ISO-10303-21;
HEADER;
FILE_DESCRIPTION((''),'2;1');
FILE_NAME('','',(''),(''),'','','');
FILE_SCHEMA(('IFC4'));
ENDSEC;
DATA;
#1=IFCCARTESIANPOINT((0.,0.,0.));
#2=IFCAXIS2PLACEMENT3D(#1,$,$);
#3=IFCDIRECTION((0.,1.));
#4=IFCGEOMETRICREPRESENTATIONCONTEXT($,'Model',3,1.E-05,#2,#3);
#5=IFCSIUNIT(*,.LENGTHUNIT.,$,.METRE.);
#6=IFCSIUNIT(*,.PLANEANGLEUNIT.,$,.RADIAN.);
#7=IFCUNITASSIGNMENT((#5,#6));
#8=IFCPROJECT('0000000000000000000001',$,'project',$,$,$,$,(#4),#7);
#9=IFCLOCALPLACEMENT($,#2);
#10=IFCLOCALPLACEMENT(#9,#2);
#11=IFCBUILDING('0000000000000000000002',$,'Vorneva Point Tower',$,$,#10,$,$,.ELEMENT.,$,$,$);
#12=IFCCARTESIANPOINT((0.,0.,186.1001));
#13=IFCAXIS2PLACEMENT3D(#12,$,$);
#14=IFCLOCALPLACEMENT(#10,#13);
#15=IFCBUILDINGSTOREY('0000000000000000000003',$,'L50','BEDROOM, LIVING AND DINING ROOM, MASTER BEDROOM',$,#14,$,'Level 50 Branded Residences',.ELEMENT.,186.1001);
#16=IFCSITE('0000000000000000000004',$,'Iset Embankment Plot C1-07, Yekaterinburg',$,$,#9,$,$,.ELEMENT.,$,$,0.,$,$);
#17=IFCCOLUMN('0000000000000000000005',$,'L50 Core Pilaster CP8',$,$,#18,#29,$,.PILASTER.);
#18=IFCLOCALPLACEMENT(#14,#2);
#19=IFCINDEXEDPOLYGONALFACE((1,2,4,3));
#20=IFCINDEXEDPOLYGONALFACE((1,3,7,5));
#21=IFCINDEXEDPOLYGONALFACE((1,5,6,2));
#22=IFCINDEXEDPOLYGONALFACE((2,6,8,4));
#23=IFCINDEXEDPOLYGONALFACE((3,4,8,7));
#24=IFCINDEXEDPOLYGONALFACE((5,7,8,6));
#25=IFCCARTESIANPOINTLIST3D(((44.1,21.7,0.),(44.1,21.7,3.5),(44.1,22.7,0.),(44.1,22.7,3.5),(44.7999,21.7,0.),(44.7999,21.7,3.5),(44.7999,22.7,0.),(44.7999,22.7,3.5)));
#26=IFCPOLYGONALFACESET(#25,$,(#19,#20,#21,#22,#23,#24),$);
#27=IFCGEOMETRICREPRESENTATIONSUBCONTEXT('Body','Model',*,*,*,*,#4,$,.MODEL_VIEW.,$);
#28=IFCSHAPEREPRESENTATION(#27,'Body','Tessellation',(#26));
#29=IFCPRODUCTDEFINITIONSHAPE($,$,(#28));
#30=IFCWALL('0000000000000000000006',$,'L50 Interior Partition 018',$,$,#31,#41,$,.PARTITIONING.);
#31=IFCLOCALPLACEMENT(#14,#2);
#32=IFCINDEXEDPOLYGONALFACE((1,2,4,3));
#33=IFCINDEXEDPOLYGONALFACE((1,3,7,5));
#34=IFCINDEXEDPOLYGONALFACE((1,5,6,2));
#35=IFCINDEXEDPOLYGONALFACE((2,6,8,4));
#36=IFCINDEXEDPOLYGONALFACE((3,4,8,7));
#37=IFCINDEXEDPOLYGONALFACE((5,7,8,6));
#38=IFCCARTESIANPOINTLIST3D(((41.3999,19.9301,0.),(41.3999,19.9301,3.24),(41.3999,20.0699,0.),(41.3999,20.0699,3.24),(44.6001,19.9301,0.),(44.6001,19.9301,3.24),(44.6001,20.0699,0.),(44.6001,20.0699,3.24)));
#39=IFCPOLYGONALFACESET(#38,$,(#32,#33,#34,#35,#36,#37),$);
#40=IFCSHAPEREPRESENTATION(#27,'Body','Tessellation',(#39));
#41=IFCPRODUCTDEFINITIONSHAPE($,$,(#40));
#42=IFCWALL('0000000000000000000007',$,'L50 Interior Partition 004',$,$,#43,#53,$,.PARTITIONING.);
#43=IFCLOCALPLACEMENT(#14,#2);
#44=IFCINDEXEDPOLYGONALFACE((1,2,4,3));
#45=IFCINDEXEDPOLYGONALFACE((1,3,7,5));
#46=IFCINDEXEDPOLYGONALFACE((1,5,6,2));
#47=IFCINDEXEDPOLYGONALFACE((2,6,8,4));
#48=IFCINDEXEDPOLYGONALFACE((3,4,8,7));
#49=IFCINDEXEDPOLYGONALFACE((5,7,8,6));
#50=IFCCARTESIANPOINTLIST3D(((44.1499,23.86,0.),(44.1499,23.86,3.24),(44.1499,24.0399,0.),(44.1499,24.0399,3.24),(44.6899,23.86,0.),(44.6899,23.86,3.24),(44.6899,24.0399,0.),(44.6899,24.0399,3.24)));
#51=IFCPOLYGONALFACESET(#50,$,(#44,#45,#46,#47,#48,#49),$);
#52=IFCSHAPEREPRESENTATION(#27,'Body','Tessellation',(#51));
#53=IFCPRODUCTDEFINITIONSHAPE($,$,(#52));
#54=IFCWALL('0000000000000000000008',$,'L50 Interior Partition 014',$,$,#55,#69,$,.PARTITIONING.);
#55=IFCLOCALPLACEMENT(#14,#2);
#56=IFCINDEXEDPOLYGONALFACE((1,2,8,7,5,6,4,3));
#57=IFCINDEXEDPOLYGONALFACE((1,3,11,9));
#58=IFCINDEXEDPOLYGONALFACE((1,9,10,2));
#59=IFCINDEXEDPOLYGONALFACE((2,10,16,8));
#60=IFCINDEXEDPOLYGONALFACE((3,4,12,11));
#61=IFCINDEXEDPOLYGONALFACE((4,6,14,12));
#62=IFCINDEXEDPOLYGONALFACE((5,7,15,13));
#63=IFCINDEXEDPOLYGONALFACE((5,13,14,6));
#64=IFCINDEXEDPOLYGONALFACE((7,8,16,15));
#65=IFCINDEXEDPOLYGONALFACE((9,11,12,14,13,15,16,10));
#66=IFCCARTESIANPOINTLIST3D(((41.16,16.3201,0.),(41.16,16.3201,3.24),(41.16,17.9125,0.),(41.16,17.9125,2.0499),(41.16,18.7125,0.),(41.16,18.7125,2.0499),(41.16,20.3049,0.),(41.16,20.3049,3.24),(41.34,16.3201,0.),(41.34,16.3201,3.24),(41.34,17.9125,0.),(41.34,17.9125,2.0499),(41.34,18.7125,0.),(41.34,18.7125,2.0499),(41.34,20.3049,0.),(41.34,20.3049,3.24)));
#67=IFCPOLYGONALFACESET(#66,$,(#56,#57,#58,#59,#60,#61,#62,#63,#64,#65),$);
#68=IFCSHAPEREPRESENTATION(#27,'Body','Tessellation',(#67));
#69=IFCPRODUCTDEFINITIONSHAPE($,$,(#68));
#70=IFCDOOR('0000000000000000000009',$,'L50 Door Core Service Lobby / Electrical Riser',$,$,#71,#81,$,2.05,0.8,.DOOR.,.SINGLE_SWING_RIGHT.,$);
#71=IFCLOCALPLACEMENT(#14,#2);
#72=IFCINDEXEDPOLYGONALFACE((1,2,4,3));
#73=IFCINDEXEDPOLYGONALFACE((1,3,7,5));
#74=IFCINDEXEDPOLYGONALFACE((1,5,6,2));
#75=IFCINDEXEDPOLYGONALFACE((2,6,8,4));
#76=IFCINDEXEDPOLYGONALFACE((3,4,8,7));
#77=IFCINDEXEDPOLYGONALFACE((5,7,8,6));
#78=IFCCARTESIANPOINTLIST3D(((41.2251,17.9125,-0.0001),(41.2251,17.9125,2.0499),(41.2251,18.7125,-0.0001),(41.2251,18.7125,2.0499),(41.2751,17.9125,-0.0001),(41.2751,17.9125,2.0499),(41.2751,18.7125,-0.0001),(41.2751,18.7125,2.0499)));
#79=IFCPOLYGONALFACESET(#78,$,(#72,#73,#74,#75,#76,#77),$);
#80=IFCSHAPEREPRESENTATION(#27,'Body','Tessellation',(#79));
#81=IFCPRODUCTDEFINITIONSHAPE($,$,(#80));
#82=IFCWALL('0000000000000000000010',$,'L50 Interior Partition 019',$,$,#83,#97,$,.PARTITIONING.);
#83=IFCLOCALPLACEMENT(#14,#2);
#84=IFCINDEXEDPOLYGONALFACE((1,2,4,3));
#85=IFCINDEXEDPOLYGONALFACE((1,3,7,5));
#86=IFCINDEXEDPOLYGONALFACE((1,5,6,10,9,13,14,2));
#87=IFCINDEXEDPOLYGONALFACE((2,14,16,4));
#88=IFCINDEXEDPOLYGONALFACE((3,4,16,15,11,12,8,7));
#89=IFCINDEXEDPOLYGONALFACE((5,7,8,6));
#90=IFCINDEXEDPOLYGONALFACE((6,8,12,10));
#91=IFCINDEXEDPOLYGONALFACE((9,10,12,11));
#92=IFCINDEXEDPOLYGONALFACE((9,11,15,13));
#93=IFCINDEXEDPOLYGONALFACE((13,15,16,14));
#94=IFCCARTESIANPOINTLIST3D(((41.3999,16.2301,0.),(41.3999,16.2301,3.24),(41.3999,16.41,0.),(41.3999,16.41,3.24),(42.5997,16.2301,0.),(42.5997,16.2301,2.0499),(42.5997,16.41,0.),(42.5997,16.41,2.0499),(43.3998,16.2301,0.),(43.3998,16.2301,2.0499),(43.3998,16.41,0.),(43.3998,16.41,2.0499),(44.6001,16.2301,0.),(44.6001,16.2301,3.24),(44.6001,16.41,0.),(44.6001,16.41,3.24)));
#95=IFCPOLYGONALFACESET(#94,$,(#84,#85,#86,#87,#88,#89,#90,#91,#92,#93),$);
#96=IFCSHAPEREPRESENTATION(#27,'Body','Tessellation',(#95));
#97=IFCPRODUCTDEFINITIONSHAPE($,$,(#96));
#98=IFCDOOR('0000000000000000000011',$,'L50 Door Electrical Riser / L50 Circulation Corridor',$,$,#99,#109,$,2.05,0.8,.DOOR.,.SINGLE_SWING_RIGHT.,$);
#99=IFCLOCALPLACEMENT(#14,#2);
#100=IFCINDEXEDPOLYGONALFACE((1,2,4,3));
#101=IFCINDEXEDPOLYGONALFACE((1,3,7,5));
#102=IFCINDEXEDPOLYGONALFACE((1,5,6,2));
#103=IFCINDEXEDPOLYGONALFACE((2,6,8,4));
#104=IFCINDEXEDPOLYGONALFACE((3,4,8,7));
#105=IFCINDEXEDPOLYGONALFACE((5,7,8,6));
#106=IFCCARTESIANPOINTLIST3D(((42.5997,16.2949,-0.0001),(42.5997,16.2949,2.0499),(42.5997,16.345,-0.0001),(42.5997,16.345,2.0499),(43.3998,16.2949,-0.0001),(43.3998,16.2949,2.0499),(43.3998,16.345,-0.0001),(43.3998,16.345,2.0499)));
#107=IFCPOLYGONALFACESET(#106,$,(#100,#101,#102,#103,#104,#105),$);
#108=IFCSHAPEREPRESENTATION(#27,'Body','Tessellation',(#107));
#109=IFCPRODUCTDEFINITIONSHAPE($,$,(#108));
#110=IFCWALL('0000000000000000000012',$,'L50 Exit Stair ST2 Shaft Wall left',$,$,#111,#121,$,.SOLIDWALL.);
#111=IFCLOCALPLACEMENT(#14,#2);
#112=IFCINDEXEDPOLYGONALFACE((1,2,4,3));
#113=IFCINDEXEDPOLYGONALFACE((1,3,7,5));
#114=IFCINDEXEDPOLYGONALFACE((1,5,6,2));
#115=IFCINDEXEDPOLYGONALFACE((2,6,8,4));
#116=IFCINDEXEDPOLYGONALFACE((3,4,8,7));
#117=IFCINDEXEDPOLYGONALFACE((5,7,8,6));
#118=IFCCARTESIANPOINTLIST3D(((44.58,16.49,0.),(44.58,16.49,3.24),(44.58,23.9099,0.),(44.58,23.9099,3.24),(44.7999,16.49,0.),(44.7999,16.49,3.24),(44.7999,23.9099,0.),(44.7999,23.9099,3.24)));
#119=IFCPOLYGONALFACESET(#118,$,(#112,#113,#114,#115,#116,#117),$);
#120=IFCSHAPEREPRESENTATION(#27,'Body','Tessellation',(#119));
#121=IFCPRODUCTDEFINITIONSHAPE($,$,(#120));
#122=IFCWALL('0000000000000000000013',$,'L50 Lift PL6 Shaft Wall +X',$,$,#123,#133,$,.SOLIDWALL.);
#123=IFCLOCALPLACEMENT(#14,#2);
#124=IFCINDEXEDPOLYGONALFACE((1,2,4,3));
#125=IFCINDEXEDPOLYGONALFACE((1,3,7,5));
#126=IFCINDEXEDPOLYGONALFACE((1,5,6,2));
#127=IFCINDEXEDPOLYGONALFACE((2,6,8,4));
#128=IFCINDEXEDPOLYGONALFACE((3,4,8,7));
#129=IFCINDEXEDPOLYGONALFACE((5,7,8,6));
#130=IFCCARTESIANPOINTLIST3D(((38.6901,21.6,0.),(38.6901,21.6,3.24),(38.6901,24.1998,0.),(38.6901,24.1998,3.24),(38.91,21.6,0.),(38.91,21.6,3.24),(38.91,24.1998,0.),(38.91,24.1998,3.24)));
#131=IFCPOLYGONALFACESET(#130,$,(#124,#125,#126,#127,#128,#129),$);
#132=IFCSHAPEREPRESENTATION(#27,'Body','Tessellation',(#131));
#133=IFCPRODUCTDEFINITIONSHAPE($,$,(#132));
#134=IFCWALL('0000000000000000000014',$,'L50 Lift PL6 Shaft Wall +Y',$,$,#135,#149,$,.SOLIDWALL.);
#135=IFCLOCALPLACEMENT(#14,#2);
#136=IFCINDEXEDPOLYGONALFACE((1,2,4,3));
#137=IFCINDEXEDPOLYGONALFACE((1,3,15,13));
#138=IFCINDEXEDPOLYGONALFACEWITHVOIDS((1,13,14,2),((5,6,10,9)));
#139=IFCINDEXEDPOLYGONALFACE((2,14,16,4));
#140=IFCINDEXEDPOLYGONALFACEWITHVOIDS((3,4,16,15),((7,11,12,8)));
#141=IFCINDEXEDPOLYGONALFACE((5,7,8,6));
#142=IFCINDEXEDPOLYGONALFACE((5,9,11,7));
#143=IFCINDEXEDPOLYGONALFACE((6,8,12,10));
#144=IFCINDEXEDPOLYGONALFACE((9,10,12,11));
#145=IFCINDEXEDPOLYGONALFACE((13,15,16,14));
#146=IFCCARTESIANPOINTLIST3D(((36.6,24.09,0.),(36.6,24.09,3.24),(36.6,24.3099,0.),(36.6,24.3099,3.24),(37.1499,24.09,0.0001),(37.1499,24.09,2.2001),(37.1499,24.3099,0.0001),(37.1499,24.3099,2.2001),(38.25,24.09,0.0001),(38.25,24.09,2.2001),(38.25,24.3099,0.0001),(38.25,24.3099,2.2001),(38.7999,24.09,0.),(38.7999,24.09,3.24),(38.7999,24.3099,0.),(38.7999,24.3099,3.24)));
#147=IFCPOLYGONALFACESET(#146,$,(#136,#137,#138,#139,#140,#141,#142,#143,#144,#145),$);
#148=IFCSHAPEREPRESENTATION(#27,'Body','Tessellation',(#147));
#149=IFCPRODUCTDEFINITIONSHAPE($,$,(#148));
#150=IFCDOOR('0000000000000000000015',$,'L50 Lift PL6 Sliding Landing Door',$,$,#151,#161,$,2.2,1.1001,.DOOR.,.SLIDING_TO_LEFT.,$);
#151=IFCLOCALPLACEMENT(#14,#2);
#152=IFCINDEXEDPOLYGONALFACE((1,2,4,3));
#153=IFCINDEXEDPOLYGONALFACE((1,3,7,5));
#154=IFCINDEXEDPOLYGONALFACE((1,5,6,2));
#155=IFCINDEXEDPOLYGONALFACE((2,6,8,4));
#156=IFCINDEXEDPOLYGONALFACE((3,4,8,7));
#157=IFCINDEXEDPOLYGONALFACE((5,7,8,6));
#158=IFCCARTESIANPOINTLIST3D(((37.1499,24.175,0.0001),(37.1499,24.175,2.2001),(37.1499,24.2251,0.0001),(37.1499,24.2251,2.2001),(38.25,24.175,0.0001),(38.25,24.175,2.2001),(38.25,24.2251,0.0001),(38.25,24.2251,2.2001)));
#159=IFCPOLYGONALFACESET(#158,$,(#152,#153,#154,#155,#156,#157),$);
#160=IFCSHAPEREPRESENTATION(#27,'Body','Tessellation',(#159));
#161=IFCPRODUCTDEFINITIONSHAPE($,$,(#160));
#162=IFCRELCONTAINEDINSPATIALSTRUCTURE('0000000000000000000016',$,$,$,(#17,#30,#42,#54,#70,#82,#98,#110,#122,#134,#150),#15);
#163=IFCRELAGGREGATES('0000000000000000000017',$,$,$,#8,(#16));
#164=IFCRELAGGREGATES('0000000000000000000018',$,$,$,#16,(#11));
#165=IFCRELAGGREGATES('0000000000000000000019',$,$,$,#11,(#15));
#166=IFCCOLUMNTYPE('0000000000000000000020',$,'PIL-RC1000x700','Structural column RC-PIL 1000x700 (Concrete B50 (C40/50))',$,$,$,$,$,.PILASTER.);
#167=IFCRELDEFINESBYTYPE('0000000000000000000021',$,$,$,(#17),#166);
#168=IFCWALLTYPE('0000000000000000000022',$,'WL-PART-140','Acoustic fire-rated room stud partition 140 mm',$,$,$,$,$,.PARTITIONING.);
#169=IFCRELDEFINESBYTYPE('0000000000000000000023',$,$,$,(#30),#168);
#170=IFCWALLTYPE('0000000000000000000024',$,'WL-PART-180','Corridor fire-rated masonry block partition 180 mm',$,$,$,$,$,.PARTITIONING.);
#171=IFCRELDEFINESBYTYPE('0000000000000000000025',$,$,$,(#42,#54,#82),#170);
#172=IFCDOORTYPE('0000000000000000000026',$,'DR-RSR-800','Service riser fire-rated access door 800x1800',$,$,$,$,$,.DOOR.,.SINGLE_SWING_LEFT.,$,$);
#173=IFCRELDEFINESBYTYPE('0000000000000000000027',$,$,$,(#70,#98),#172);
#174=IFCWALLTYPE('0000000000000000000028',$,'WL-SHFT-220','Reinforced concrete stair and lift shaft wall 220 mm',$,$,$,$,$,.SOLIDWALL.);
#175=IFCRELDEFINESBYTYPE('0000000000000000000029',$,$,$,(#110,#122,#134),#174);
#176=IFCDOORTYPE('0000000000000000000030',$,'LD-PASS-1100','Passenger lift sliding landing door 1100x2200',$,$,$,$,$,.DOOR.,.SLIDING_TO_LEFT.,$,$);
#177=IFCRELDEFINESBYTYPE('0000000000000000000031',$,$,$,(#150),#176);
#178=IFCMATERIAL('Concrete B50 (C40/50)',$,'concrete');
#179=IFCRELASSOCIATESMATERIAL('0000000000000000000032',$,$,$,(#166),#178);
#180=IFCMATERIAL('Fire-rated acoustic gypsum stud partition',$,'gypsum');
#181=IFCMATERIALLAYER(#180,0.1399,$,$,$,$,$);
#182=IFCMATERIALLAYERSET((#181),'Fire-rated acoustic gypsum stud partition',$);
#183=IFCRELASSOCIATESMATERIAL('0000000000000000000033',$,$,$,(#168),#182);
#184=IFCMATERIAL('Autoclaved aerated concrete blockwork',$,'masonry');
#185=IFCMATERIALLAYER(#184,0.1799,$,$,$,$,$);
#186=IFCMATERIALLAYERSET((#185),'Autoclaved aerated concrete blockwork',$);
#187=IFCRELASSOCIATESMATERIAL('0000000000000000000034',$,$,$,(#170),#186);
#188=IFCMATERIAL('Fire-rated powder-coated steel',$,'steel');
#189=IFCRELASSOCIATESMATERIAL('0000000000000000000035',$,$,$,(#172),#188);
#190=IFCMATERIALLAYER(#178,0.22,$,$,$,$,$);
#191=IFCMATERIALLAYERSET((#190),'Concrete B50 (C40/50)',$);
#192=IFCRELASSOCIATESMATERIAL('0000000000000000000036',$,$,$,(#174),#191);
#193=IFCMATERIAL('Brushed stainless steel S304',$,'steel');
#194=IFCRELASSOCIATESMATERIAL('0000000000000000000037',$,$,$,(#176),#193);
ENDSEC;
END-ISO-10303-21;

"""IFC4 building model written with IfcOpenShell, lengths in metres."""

from ifc_helpers import new_model, si_unit, direction, frame, frame_2d, origin, origin_2d, place, context, subcontext, project, spatial, rectangle, extrude, material, layer, layer_set, material_profile, profile_set, type_object, element, fill, save


model = new_model("IFC4")

# Units and contexts
model_context = context("Model", 3, precision=1e-05, world=origin(), true_north=direction((0.0, 1.0)))
body_context = subcontext(model_context, "Body", "Model", "MODEL_VIEW")
ifc_project = project(units=[si_unit("LENGTHUNIT", "METRE"), si_unit("PLANEANGLEUNIT", "RADIAN")], contexts=[model_context])

# Site, building, storey
site_placement = place(None, origin())
site = spatial("IfcSite", under=ifc_project, at=site_placement, Name="Iset Embankment Plot C1-07, Yekaterinburg", CompositionType="ELEMENT", RefElevation=0.0)
building_placement = place(site_placement, origin())
building = spatial("IfcBuilding", under=site, at=building_placement, Name="Vorneva Point Tower", CompositionType="ELEMENT")
storey_placement = place(building_placement, frame((0.0, 0.0, 186.1001)))
storey = spatial("IfcBuildingStorey", under=building, at=storey_placement, Name="L50", Description="BEDROOM, LIVING AND DINING ROOM, MASTER BEDROOM", LongName="Level 50 Branded Residences", CompositionType="ELEMENT", Elevation=186.1001)

# Column
ifc_material_1 = material(Name="Concrete B50 (C40/50)", Category="concrete")
ifc_material_profile = material_profile(ifc_material_1, rectangle(XDim=0.7, YDim=1.0, at=origin_2d()), Name="RC-PIL 1000x700")
ifc_profile_set = profile_set([ifc_material_profile], Name="Concrete B50 (C40/50)")
column_type = type_object("IfcColumnType", Name="PIL-RC1000x700", Description="Structural column RC-PIL 1000x700 (Concrete B50 (C40/50))", PredefinedType="PILASTER", material=ifc_profile_set)
column_placement = place(storey_placement, frame((44.45, 22.2, 0.0), z_axis=(0.0, 0.0, 1.0), x_axis=(1.0, 0.0, 0.0)))
element("IfcColumn", 1, at=column_placement, inside=storey, type_object=column_type, Name="L50 Core Pilaster CP8", PredefinedType="PILASTER", context=body_context, shape_type="SweptSolid", body=[
    extrude(rectangle(XDim=0.7, YDim=1.0, at=origin_2d()), origin(), (0.0, 0.0, 1.0), 3.5),
])

# Walls
ifc_material_2 = material(Name="Fire-rated acoustic gypsum stud partition", Category="gypsum")
ifc_layer_1 = layer(ifc_material_2, 0.1399)
ifc_layer_set_1 = layer_set([ifc_layer_1], Name="Fire-rated acoustic gypsum stud partition")
wall_type_1 = type_object("IfcWallType", Name="WL-PART-140", Description="Acoustic fire-rated room stud partition 140 mm", PredefinedType="PARTITIONING", material=ifc_layer_set_1)
wall_1_placement = place(storey_placement, frame((44.6001, 20.0, 0.0), z_axis=(0.0, 0.0, 1.0), x_axis=(-1.0, 0.0, 0.0)))
element("IfcWall", 2, at=wall_1_placement, inside=storey, type_object=wall_type_1, Name="L50 Interior Partition 018", PredefinedType="PARTITIONING", context=body_context, shape_type="SweptSolid", body=[
    extrude(rectangle(XDim=3.2002, YDim=0.1399, at=frame_2d((1.6001, 0.0))), origin(), (0.0, 0.0, 1.0), 3.24),
])
ifc_material_3 = material(Name="Autoclaved aerated concrete blockwork", Category="masonry")
ifc_layer_2 = layer(ifc_material_3, 0.1799)
ifc_layer_set_2 = layer_set([ifc_layer_2], Name="Autoclaved aerated concrete blockwork")
wall_type_2 = type_object("IfcWallType", Name="WL-PART-180", Description="Corridor fire-rated masonry block partition 180 mm", PredefinedType="PARTITIONING", material=ifc_layer_set_2)
wall_2_placement = place(storey_placement, frame((44.1499, 23.95, 0.0), z_axis=(0.0, 0.0, 1.0), x_axis=(1.0, 0.0, 0.0)))
element("IfcWall", 3, at=wall_2_placement, inside=storey, type_object=wall_type_2, Name="L50 Interior Partition 004", PredefinedType="PARTITIONING", context=body_context, shape_type="SweptSolid", body=[
    extrude(rectangle(XDim=0.54, YDim=0.1799, at=frame_2d((0.27, 0.0))), origin(), (0.0, 0.0, 1.0), 3.24),
])

# Walls, openings, doors
ifc_material_4 = material(Name="Fire-rated powder-coated steel", Category="steel")
wall_3_placement = place(storey_placement, frame((41.25, 16.3201, 0.0), z_axis=(0.0, 0.0, 1.0), x_axis=(0.0, 1.0, 0.0)))
wall_3 = element("IfcWall", 4, at=wall_3_placement, inside=storey, type_object=wall_type_2, Name="L50 Interior Partition 014", PredefinedType="PARTITIONING", context=body_context, shape_type="SweptSolid", body=[
    extrude(rectangle(XDim=3.9849, YDim=0.1799, at=frame_2d((1.9924, 0.0))), origin(), (0.0, 0.0, 1.0), 3.24),
])
opening_1_placement = place(wall_3_placement, frame((1.5925, 0.0, 0.0)))
opening_1 = element("IfcOpeningElement", 5, at=opening_1_placement, cuts=wall_3, PredefinedType="OPENING", context=body_context, shape_type="SweptSolid", body=[
    extrude(rectangle(XDim=0.8, YDim=2.05, at=frame_2d((0.3999, 1.0249))), frame((0.0, 0.105, 0.0), z_axis=(0.0, -1.0, 0.0), x_axis=(1.0, 0.0, 0.0)), (0.0, 0.0, 1.0), 0.2097),
])
door_type_1 = type_object("IfcDoorType", Name="DR-RSR-800", Description="Service riser fire-rated access door 800x1800", OperationType="SINGLE_SWING_LEFT", PredefinedType="DOOR", material=ifc_material_4)
door_1_placement = place(opening_1_placement, origin())
door_1 = element("IfcDoor", 6, at=door_1_placement, inside=storey, type_object=door_type_1, Name="L50 Door Core Service Lobby / Electrical Riser", OperationType="SINGLE_SWING_RIGHT", OverallHeight=2.05, OverallWidth=0.8, PredefinedType="DOOR", context=body_context, shape_type="SweptSolid", body=[
    extrude(rectangle(XDim=0.8, YDim=2.05, at=frame_2d((0.3999, 1.0249))), frame((0.0, 0.0249, 0.0), z_axis=(0.0, -1.0, 0.0), x_axis=(1.0, 0.0, 0.0)), (0.0, 0.0, 1.0), 0.05),
])
fill(opening_1, door_1)
wall_4_placement = place(storey_placement, frame((41.3999, 16.3201, 0.0), z_axis=(0.0, 0.0, 1.0), x_axis=(1.0, 0.0, 0.0)))
wall_4 = element("IfcWall", 7, at=wall_4_placement, inside=storey, type_object=wall_type_2, Name="L50 Interior Partition 019", PredefinedType="PARTITIONING", context=body_context, shape_type="SweptSolid", body=[
    extrude(rectangle(XDim=3.2002, YDim=0.1799, at=frame_2d((1.6001, 0.0))), origin(), (0.0, 0.0, 1.0), 3.24),
])
opening_2_placement = place(wall_4_placement, frame((1.2, 0.0, 0.0)))
opening_2 = element("IfcOpeningElement", 8, at=opening_2_placement, cuts=wall_4, PredefinedType="OPENING", context=body_context, shape_type="SweptSolid", body=[
    extrude(rectangle(XDim=0.8, YDim=2.05, at=frame_2d((0.3999, 1.0249))), frame((0.0, 0.105, 0.0), z_axis=(0.0, -1.0, 0.0), x_axis=(1.0, 0.0, 0.0)), (0.0, 0.0, 1.0), 0.2097),
])
door_2_placement = place(opening_2_placement, origin())
door_2 = element("IfcDoor", 9, at=door_2_placement, inside=storey, type_object=door_type_1, Name="L50 Door Electrical Riser / L50 Circulation Corridor", OperationType="SINGLE_SWING_RIGHT", OverallHeight=2.05, OverallWidth=0.8, PredefinedType="DOOR", context=body_context, shape_type="SweptSolid", body=[
    extrude(rectangle(XDim=0.8, YDim=2.05, at=frame_2d((0.3999, 1.0249))), frame((0.0, 0.0249, 0.0), z_axis=(0.0, -1.0, 0.0), x_axis=(1.0, 0.0, 0.0)), (0.0, 0.0, 1.0), 0.05),
])
fill(opening_2, door_2)
ifc_layer_3 = layer(ifc_material_1, 0.22)
ifc_layer_set_3 = layer_set([ifc_layer_3], Name="Concrete B50 (C40/50)")
wall_type_3 = type_object("IfcWallType", Name="WL-SHFT-220", Description="Reinforced concrete stair and lift shaft wall 220 mm", PredefinedType="SOLIDWALL", material=ifc_layer_set_3)

# Walls
wall_5_placement = place(storey_placement, frame((44.6899, 16.49, 0.0), z_axis=(0.0, 0.0, 1.0), x_axis=(0.0, 1.0, 0.0)))
element("IfcWall", 10, at=wall_5_placement, inside=storey, type_object=wall_type_3, Name="L50 Exit Stair ST2 Shaft Wall left", PredefinedType="SOLIDWALL", context=body_context, shape_type="SweptSolid", body=[
    extrude(rectangle(XDim=7.4199, YDim=0.22, at=frame_2d((3.71, 0.0))), origin(), (0.0, 0.0, 1.0), 3.24),
])
wall_6_placement = place(storey_placement, frame((38.8, 21.6001, 0.0), z_axis=(0.0, 0.0, 1.0), x_axis=(0.0, 1.0, 0.0)))
element("IfcWall", 11, at=wall_6_placement, inside=storey, type_object=wall_type_3, Name="L50 Lift PL6 Shaft Wall +X", PredefinedType="SOLIDWALL", context=body_context, shape_type="SweptSolid", body=[
    extrude(rectangle(XDim=2.5999, YDim=0.22, at=frame_2d((1.2998, 0.0))), origin(), (0.0, 0.0, 1.0), 3.24),
])

# Wall, opening, door
wall_7_placement = place(storey_placement, frame((38.8, 24.2, 0.0), z_axis=(0.0, 0.0, 1.0), x_axis=(-1.0, 0.0, 0.0)))
wall_7 = element("IfcWall", 12, at=wall_7_placement, inside=storey, type_object=wall_type_3, Name="L50 Lift PL6 Shaft Wall +Y", PredefinedType="SOLIDWALL", context=body_context, shape_type="SweptSolid", body=[
    extrude(rectangle(XDim=2.2, YDim=0.22, at=frame_2d((1.1001, 0.0))), origin(), (0.0, 0.0, 1.0), 3.24),
])
opening_3_placement = place(wall_7_placement, frame((0.55, 0.0, 0.0)))
opening_3 = element("IfcOpeningElement", 13, at=opening_3_placement, cuts=wall_7, PredefinedType="OPENING", context=body_context, shape_type="SweptSolid", body=[
    extrude(rectangle(XDim=1.1001, YDim=2.2, at=frame_2d((0.55, 1.1001))), frame((0.0, 0.125, 0.0), z_axis=(0.0, -1.0, 0.0), x_axis=(1.0, 0.0, 0.0)), (0.0, 0.0, 1.0), 0.2498),
])
ifc_material_5 = material(Name="Brushed stainless steel S304", Category="steel")
door_type_2 = type_object("IfcDoorType", Name="LD-PASS-1100", Description="Passenger lift sliding landing door 1100x2200", OperationType="SLIDING_TO_LEFT", PredefinedType="DOOR", material=ifc_material_5)
door_3_placement = place(opening_3_placement, origin())
door_3 = element("IfcDoor", 14, at=door_3_placement, inside=storey, type_object=door_type_2, Name="L50 Lift PL6 Sliding Landing Door", OperationType="SLIDING_TO_LEFT", OverallHeight=2.2, OverallWidth=1.1001, PredefinedType="DOOR", context=body_context, shape_type="SweptSolid", body=[
    extrude(rectangle(XDim=1.1001, YDim=2.2, at=frame_2d((0.55, 1.1001))), frame((0.0, 0.0249, 0.0), z_axis=(0.0, -1.0, 0.0), x_axis=(1.0, 0.0, 0.0)), (0.0, 0.0, 1.0), 0.05),
])
fill(opening_3, door_3)

save(model, "model.ifc")
